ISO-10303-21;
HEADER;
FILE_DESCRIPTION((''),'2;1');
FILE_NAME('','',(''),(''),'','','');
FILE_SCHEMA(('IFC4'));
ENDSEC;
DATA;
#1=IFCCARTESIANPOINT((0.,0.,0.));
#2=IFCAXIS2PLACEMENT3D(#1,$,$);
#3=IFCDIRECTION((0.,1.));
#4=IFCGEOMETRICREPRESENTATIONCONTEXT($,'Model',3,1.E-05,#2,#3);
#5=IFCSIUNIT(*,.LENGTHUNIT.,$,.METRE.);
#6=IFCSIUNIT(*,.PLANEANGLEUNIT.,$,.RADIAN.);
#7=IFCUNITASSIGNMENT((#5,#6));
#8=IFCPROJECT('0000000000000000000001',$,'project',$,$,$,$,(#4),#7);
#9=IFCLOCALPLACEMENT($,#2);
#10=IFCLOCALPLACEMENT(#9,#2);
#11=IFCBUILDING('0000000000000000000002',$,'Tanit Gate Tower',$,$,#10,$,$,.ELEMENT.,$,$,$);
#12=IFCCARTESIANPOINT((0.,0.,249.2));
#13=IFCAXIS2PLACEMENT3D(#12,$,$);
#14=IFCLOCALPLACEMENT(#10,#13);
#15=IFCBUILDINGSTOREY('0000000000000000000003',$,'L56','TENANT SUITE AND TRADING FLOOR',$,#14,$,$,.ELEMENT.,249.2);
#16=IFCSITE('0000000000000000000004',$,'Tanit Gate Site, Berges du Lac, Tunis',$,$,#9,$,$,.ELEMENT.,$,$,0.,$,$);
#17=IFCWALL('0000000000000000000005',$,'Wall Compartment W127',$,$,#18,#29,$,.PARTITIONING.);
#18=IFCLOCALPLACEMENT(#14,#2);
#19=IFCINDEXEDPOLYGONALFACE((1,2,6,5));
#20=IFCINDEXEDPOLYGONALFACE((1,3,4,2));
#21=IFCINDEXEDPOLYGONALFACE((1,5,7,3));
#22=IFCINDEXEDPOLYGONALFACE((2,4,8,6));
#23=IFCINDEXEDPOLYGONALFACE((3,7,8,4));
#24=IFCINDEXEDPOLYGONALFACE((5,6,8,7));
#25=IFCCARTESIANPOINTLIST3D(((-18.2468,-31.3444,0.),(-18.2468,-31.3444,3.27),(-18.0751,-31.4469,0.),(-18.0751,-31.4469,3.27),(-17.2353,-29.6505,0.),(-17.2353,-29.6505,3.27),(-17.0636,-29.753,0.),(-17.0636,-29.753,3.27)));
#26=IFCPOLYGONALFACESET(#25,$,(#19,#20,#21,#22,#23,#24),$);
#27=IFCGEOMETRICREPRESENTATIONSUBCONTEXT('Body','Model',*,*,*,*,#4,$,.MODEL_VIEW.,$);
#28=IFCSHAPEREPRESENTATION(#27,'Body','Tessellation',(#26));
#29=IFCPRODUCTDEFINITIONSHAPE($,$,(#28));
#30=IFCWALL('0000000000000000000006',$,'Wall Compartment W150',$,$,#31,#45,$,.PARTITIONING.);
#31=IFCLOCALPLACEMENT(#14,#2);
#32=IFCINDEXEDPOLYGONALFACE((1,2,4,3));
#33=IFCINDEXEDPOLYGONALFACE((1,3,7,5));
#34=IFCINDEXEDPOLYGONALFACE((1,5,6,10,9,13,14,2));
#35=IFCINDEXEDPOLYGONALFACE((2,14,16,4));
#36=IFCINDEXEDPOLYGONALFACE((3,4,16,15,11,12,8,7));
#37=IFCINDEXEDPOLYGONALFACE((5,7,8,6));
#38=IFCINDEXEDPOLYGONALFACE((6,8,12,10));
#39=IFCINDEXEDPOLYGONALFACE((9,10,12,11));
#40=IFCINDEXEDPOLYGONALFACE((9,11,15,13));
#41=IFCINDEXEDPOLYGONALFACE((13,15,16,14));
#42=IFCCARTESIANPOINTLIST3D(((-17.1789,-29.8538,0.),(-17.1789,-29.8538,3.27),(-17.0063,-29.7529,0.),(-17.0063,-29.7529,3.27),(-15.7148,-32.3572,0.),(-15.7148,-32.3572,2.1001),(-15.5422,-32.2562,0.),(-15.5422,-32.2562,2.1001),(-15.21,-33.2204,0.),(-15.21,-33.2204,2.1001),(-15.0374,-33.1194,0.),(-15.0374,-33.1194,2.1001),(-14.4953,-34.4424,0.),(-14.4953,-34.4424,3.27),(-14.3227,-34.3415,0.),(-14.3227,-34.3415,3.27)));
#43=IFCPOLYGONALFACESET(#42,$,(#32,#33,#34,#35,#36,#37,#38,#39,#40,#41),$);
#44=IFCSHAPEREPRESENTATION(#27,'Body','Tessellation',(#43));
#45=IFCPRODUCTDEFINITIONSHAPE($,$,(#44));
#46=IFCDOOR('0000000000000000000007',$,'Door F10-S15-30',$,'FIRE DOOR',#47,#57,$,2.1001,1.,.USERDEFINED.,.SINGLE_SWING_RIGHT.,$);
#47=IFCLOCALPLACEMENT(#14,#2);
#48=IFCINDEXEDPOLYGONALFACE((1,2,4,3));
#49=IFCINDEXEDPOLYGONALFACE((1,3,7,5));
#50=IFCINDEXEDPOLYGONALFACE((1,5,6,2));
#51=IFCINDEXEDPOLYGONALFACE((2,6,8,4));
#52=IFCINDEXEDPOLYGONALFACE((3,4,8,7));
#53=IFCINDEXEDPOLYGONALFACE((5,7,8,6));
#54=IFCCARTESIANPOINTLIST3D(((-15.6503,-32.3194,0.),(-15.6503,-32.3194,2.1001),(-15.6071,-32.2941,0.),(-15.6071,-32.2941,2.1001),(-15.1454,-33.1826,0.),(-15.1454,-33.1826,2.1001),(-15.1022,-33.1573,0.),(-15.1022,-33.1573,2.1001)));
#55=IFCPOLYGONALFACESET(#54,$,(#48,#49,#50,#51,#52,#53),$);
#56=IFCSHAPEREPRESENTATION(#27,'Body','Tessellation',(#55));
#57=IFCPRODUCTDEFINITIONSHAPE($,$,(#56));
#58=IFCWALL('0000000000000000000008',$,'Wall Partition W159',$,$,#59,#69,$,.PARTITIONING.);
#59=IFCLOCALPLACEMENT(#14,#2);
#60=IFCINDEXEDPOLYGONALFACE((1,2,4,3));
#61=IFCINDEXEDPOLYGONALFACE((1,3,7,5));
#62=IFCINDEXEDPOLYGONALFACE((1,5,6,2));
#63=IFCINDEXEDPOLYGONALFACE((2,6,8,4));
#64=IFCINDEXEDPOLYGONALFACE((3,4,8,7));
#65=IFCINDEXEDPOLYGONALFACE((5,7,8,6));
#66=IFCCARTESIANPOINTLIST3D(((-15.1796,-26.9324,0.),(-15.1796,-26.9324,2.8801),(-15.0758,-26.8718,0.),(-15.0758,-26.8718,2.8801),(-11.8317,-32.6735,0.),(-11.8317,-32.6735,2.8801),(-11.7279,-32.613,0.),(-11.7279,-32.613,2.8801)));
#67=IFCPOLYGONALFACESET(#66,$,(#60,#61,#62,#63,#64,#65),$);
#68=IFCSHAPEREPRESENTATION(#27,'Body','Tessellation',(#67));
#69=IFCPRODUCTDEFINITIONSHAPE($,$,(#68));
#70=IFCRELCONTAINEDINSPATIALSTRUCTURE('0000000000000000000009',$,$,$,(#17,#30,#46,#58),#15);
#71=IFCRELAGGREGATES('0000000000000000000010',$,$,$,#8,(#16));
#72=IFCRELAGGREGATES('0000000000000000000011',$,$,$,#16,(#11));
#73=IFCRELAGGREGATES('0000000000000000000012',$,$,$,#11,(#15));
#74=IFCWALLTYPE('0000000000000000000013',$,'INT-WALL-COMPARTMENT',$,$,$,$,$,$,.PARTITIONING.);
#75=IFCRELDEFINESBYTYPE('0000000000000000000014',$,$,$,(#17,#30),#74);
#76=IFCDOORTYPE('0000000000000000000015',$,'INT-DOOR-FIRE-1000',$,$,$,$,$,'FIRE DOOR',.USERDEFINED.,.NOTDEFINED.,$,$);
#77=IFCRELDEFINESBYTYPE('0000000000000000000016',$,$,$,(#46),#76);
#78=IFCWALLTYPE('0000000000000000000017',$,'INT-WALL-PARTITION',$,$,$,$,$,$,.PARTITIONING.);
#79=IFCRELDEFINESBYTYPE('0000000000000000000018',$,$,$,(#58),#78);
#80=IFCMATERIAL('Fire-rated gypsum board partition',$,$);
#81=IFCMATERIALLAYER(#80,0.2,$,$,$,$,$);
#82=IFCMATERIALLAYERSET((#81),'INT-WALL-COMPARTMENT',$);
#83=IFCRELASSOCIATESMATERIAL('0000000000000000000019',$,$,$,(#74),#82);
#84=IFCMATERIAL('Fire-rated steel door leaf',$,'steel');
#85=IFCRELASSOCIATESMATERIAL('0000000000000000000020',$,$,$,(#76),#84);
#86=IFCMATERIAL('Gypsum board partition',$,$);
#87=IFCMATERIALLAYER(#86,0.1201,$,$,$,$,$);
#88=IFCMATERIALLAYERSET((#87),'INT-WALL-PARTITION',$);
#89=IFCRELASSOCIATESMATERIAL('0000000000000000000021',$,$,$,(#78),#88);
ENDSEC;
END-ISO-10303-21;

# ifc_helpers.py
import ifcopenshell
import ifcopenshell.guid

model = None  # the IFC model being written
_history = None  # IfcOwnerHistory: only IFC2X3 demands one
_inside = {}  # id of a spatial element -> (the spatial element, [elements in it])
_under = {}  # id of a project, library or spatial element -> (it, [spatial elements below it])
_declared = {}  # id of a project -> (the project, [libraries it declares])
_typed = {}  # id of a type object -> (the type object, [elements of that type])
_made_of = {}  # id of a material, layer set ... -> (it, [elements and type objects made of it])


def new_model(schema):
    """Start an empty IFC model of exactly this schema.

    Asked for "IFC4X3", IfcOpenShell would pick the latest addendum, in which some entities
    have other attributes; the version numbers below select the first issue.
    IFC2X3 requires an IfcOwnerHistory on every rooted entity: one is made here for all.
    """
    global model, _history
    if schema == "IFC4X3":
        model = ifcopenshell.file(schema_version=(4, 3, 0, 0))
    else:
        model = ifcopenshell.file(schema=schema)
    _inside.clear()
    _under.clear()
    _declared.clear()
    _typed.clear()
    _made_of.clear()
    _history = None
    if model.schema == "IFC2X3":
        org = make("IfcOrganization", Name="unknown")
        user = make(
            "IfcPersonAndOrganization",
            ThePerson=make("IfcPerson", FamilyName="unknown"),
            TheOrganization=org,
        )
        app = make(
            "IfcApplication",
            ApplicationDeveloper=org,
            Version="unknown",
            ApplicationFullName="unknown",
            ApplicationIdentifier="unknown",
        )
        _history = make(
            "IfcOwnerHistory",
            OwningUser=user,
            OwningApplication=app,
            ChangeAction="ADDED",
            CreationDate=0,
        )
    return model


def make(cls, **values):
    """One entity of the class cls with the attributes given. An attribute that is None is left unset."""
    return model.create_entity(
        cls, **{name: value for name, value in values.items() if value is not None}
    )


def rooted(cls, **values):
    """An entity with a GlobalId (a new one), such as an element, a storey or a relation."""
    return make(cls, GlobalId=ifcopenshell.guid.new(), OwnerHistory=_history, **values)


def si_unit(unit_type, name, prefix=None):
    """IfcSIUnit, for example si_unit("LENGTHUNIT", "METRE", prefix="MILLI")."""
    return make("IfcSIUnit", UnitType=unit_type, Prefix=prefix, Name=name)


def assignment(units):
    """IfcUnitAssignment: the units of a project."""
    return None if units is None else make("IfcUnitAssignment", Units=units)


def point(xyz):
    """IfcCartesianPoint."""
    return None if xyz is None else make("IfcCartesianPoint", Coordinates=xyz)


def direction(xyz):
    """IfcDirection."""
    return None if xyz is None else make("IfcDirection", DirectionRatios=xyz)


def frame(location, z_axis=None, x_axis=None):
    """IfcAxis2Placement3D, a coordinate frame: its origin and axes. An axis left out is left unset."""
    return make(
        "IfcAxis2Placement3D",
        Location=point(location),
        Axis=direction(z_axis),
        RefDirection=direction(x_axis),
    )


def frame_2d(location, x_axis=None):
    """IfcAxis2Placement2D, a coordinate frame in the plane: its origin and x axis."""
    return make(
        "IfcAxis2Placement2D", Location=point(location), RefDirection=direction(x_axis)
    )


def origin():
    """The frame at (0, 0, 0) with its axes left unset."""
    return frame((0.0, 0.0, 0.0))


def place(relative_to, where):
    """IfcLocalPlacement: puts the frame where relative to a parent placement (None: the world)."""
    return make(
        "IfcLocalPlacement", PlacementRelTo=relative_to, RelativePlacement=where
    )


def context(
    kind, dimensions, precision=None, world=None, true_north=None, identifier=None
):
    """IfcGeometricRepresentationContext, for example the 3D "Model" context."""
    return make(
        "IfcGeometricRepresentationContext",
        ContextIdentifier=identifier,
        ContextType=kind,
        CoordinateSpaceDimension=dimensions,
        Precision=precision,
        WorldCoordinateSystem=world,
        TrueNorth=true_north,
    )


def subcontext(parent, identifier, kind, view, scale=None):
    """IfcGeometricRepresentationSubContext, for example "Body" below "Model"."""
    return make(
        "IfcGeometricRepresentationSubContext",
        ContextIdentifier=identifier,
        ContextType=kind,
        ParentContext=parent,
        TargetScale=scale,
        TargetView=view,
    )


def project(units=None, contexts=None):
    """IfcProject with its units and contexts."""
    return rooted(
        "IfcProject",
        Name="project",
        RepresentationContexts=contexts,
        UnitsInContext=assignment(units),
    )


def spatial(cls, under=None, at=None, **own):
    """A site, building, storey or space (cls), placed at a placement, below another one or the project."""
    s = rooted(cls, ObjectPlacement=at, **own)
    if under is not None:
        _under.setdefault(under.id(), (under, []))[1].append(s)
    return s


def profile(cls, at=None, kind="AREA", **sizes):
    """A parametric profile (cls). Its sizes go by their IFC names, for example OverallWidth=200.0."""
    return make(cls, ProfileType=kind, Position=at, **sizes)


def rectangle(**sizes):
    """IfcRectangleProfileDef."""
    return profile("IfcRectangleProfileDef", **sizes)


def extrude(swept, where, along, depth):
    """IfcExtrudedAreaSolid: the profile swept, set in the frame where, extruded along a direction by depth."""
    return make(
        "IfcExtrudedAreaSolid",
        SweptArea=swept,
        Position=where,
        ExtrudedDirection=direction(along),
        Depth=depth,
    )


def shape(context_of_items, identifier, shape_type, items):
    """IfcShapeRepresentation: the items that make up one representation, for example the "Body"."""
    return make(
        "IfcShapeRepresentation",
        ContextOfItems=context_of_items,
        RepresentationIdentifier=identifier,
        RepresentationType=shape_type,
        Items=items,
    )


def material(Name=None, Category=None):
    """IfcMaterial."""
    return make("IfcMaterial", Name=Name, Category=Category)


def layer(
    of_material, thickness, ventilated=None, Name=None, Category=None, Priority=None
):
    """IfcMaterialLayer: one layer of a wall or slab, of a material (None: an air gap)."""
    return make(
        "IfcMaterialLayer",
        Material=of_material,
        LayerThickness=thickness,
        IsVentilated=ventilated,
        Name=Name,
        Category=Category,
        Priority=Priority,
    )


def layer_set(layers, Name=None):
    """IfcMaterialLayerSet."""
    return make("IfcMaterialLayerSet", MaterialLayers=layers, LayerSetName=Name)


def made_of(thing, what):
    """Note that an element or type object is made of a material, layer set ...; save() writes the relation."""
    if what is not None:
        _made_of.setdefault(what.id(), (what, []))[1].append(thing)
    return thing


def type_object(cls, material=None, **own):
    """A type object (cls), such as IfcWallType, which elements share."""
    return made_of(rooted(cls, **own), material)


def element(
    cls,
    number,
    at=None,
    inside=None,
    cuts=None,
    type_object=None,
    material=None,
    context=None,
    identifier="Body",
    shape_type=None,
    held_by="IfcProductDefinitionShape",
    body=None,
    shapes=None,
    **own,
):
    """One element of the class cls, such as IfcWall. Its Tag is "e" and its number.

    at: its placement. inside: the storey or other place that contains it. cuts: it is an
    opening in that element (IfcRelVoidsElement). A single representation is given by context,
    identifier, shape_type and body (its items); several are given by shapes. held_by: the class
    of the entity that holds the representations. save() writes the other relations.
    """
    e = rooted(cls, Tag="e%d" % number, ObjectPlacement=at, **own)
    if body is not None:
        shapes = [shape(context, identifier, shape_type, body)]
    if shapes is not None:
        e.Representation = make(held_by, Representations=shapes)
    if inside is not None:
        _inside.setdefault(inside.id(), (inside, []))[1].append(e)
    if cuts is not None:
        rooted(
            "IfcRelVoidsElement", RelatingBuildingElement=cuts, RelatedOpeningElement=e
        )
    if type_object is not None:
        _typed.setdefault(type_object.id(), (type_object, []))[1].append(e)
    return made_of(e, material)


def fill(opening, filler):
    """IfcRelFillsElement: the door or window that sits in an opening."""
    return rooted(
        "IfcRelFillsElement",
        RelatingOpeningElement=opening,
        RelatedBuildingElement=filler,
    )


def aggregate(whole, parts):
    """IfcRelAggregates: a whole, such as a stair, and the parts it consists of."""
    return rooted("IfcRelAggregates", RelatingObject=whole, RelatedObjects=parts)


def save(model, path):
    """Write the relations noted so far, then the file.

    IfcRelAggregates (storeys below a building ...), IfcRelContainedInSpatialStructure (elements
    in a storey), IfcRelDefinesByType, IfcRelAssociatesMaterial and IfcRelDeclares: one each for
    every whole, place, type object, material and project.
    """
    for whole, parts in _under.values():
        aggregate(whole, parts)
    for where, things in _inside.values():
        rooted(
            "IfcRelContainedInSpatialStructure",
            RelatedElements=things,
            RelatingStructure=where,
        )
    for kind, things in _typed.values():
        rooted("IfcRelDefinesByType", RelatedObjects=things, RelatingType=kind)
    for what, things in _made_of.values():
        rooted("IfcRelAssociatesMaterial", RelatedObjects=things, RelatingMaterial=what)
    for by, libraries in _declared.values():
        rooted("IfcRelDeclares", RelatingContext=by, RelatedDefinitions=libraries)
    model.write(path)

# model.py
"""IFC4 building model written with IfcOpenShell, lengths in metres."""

from ifc_helpers import new_model, si_unit, direction, frame, frame_2d, origin, place, context, subcontext, project, spatial, rectangle, extrude, material, layer, layer_set, type_object, element, fill, save


model = new_model("IFC4")

# Units and contexts
model_context = context("Model", 3, precision=1e-05, world=origin(), true_north=direction((0.0, 1.0)))
body_context = subcontext(model_context, "Body", "Model", "MODEL_VIEW")
ifc_project = project(units=[si_unit("LENGTHUNIT", "METRE"), si_unit("PLANEANGLEUNIT", "RADIAN")], contexts=[model_context])

# Site, building, storey
site_placement = place(None, origin())
site = spatial("IfcSite", under=ifc_project, at=site_placement, Name="Tanit Gate Site, Berges du Lac, Tunis", CompositionType="ELEMENT", RefElevation=0.0)
building_placement = place(site_placement, origin())
building = spatial("IfcBuilding", under=site, at=building_placement, Name="Tanit Gate Tower", CompositionType="ELEMENT")
storey_placement = place(building_placement, frame((0.0, 0.0, 249.2)))
storey = spatial("IfcBuildingStorey", under=building, at=storey_placement, Name="L56", Description="TENANT SUITE AND TRADING FLOOR", CompositionType="ELEMENT", Elevation=249.2)

# Wall
ifc_material_1 = material(Name="Fire-rated gypsum board partition")
ifc_layer_1 = layer(ifc_material_1, 0.2)
ifc_layer_set_1 = layer_set([ifc_layer_1], Name="INT-WALL-COMPARTMENT")
wall_type_1 = type_object("IfcWallType", Name="INT-WALL-COMPARTMENT", PredefinedType="PARTITIONING", material=ifc_layer_set_1)
wall_1_placement = place(storey_placement, frame((-18.1609, -31.3955, 0.0), z_axis=(0.0, 0.0, 1.0), x_axis=(0.512693, 0.858572, 0.0)))
element("IfcWall", 1, at=wall_1_placement, inside=storey, type_object=wall_type_1, Name="Wall Compartment W127", PredefinedType="PARTITIONING", context=body_context, shape_type="SweptSolid", body=[
    extrude(rectangle(XDim=1.9729, YDim=0.2, at=frame_2d((0.9863, 0.0))), origin(), (0.0, 0.0, 1.0), 3.27),
])

# Wall, opening, door
wall_2_placement = place(storey_placement, frame((-17.0925, -29.8035, 0.0), z_axis=(0.0, 0.0, 1.0), x_axis=(0.504839, -0.863214, 0.0)))
wall_2 = element("IfcWall", 2, at=wall_2_placement, inside=storey, type_object=wall_type_1, Name="Wall Compartment W150", PredefinedType="PARTITIONING", context=body_context, shape_type="SweptSolid", body=[
    extrude(rectangle(XDim=5.3157, YDim=0.2, at=frame_2d((2.6577, 0.0))), origin(), (0.0, 0.0, 1.0), 3.27),
])
opening_placement = place(wall_2_placement, frame((2.8999, 0.0, 0.0)))
opening = element("IfcOpeningElement", 3, at=opening_placement, cuts=wall_2, PredefinedType="OPENING", context=body_context, shape_type="SweptSolid", body=[
    extrude(rectangle(XDim=1.0, YDim=2.1001, at=frame_2d((0.5, 1.05))), frame((0.0, 0.1099, 0.0), z_axis=(0.0, -1.0, 0.0), x_axis=(1.0, 0.0, 0.0)), (0.0, 0.0, 1.0), 0.22),
])
ifc_material_2 = material(Name="Fire-rated steel door leaf", Category="steel")
door_type = type_object("IfcDoorType", Name="INT-DOOR-FIRE-1000", ElementType="FIRE DOOR", OperationType="NOTDEFINED", PredefinedType="USERDEFINED", material=ifc_material_2)
door_placement = place(opening_placement, origin())
door = element("IfcDoor", 4, at=door_placement, inside=storey, type_object=door_type, Name="Door F10-S15-30", ObjectType="FIRE DOOR", OperationType="SINGLE_SWING_RIGHT", OverallHeight=2.1001, OverallWidth=1.0, PredefinedType="USERDEFINED", context=body_context, shape_type="SweptSolid", body=[
    extrude(rectangle(XDim=1.0, YDim=2.1001, at=frame_2d((0.5, 1.05))), frame((0.0, 0.0249, 0.0), z_axis=(0.0, -1.0, 0.0), x_axis=(1.0, 0.0, 0.0)), (0.0, 0.0, 1.0), 0.05),
])
fill(opening, door)

# Wall
ifc_material_3 = material(Name="Gypsum board partition")
ifc_layer_2 = layer(ifc_material_3, 0.1201)
ifc_layer_set_2 = layer_set([ifc_layer_2], Name="INT-WALL-PARTITION")
wall_type_2 = type_object("IfcWallType", Name="INT-WALL-PARTITION", PredefinedType="PARTITIONING", material=ifc_layer_set_2)
wall_3_placement = place(storey_placement, frame((-15.1277, -26.9021, 0.0), z_axis=(0.0, 0.0, 1.0), x_axis=(0.503743, -0.863854, 0.0)))
element("IfcWall", 5, at=wall_3_placement, inside=storey, type_object=wall_type_2, Name="Wall Partition W159", PredefinedType="PARTITIONING", context=body_context, shape_type="SweptSolid", body=[
    extrude(rectangle(XDim=6.646, YDim=0.1201, at=frame_2d((3.323, 0.0))), origin(), (0.0, 0.0, 1.0), 2.8801),
])

save(model, "model.ifc")
